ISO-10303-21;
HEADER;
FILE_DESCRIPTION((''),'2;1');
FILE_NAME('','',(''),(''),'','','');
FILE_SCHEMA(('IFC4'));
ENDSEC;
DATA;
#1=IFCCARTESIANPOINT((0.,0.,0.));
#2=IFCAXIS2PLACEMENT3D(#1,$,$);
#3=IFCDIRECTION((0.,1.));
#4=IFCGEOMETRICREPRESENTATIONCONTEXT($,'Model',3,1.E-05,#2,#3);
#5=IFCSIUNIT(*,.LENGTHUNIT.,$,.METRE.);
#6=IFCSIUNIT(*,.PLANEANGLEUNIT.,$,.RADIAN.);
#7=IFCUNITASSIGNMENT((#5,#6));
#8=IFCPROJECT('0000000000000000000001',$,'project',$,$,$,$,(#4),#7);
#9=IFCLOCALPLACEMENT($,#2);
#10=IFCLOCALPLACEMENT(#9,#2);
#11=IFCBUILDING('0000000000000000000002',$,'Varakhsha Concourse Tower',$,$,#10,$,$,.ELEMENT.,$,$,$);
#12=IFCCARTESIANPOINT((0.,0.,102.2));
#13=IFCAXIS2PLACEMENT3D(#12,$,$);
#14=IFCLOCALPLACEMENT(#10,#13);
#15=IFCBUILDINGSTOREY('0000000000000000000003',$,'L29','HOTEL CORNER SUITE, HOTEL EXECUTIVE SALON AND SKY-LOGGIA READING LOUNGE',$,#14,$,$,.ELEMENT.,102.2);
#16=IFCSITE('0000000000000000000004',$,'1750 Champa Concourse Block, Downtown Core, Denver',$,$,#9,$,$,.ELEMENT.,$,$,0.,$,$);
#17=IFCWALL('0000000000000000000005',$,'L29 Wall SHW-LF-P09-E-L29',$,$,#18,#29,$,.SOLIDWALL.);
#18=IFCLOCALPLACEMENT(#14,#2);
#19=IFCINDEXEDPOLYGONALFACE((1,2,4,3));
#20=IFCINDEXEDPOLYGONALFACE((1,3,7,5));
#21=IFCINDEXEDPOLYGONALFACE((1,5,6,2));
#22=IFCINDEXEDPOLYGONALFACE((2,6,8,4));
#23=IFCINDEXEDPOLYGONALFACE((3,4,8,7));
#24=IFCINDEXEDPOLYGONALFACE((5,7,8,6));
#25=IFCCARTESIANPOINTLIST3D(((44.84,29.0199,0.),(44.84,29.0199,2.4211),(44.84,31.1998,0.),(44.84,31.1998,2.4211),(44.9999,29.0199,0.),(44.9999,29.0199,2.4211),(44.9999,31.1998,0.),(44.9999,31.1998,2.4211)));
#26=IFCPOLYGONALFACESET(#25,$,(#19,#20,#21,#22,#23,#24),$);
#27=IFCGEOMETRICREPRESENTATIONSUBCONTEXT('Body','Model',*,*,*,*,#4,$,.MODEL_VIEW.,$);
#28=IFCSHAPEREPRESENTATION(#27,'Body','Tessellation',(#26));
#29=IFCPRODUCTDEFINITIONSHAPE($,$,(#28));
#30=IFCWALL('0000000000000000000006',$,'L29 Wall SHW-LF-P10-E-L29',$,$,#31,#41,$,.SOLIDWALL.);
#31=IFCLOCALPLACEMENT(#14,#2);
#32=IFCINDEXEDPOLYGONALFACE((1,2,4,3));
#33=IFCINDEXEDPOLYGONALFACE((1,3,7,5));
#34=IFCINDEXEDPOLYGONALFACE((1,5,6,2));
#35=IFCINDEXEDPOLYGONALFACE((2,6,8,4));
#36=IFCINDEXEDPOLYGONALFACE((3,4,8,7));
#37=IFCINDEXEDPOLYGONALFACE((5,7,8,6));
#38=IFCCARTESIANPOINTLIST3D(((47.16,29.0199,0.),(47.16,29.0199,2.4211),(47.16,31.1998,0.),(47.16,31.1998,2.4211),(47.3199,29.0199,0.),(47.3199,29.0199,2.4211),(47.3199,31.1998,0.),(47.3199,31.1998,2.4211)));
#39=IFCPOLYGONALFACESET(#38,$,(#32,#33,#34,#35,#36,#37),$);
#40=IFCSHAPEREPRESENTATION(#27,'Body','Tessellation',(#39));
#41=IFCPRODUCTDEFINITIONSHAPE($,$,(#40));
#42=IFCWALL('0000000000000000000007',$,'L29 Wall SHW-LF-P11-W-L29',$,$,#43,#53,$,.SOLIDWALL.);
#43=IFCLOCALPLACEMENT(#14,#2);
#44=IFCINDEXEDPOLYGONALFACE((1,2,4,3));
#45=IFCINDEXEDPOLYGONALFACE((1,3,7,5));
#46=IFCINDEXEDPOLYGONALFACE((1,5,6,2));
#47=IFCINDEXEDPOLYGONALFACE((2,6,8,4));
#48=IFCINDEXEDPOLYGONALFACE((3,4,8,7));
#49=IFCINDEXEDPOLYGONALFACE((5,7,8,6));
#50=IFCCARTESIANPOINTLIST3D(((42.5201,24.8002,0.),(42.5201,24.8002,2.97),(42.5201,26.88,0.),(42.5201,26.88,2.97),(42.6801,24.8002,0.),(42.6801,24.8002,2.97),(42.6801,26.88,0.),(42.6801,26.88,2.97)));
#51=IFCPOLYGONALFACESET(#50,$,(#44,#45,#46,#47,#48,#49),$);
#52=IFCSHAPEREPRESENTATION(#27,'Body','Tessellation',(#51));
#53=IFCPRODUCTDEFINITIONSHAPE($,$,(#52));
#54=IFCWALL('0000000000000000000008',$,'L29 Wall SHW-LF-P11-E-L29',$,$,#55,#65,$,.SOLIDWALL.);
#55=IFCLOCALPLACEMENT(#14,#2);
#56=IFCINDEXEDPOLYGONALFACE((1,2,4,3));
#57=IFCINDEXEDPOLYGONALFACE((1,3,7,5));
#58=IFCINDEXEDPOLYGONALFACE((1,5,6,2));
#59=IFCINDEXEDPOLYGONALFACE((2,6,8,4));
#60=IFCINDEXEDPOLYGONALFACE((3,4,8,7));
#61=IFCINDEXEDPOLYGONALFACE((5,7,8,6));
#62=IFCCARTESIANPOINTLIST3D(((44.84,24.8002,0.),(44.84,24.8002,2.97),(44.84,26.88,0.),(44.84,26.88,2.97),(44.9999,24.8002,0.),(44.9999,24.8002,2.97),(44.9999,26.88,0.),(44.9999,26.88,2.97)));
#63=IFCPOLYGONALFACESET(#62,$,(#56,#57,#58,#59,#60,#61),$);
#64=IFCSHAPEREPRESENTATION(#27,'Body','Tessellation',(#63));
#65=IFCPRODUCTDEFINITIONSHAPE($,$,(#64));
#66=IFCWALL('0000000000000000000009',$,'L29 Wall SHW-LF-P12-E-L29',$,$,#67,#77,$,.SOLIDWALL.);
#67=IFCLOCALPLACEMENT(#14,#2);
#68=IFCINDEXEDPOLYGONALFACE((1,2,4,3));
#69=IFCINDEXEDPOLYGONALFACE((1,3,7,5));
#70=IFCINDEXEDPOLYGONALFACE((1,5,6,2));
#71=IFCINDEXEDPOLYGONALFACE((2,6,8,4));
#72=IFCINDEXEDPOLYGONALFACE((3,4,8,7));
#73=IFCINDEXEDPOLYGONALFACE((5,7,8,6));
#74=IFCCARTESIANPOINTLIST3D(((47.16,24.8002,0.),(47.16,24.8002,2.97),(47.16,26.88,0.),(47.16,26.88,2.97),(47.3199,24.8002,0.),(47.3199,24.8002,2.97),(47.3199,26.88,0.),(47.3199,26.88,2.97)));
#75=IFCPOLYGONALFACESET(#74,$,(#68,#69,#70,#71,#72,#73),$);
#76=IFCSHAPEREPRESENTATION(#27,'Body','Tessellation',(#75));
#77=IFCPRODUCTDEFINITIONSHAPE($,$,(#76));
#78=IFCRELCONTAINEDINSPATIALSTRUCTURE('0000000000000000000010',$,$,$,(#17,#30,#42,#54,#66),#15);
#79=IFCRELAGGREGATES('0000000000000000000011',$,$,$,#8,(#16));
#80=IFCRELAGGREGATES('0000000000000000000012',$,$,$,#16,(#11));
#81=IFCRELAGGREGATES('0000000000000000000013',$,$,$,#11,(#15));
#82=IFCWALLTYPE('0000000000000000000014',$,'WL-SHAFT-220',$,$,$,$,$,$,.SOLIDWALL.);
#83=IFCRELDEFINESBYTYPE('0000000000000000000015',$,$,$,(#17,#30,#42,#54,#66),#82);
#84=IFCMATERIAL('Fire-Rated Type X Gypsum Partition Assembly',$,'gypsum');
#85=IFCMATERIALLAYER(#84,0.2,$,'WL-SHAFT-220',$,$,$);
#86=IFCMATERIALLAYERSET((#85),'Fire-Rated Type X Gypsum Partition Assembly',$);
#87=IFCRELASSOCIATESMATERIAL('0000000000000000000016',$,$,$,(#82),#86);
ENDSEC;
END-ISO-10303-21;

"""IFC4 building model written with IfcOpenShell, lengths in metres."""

from ifc_helpers import new_model, si_unit, direction, frame, frame_2d, origin, place, context, subcontext, project, spatial, rectangle, extrude, material, layer, layer_set, type_object, element, save


model = new_model("IFC4")

# Units and contexts
model_context = context("Model", 3, precision=1e-05, world=origin(), true_north=direction((0.0, 1.0)))
body_context = subcontext(model_context, "Body", "Model", "MODEL_VIEW")
ifc_project = project(units=[si_unit("LENGTHUNIT", "METRE"), si_unit("PLANEANGLEUNIT", "RADIAN")], contexts=[model_context])

# Site, building, storey
site_placement = place(None, origin())
site = spatial("IfcSite", under=ifc_project, at=site_placement, Name="1750 Champa Concourse Block, Downtown Core, Denver", CompositionType="ELEMENT", RefElevation=0.0)
building_placement = place(site_placement, origin())
building = spatial("IfcBuilding", under=site, at=building_placement, Name="Varakhsha Concourse Tower", CompositionType="ELEMENT")
storey_placement = place(building_placement, frame((0.0, 0.0, 102.2)))
storey = spatial("IfcBuildingStorey", under=building, at=storey_placement, Name="L29", Description="HOTEL CORNER SUITE, HOTEL EXECUTIVE SALON AND SKY-LOGGIA READING LOUNGE", CompositionType="ELEMENT", Elevation=102.2)

# Shared definitions
ifc_material_1 = material(Name="Fire-Rated Type X Gypsum Partition Assembly", Category="gypsum")

# Walls
ifc_layer_1 = layer(ifc_material_1, 0.2, Name="WL-SHAFT-220")
ifc_layer_set_1 = layer_set([ifc_layer_1], Name="Fire-Rated Type X Gypsum Partition Assembly")
wall_type_1 = type_object("IfcWallType", Name="WL-SHAFT-220", PredefinedType="SOLIDWALL", material=ifc_layer_set_1)
for number, where, z_axis, x_axis, name in (
    (1, (44.9199, 29.02, 0.0), (0.0, 0.0, 1.0), (0.0, 1.0, 0.0), "L29 Wall SHW-LF-P09-E-L29"),
    (2, (47.24, 29.02, 0.0), (0.0, 0.0, 1.0), (0.0, 1.0, 0.0), "L29 Wall SHW-LF-P10-E-L29"),
):
    element("IfcWall", number, at=place(storey_placement, frame(where, z_axis=z_axis, x_axis=x_axis)), inside=storey, type_object=wall_type_1, Name=name, PredefinedType="SOLIDWALL", context=body_context, shape_type="SweptSolid", body=[
        extrude(rectangle(XDim=2.1799, YDim=0.1599, at=frame_2d((1.0898, 0.0))), origin(), (0.0, 0.0, 1.0), 2.4211),
    ])
for number, where, z_axis, x_axis, name in (
    (3, (42.6001, 24.8, 0.0), (0.0, 0.0, 1.0), (0.0, 1.0, 0.0), "L29 Wall SHW-LF-P11-W-L29"),
    (4, (44.9199, 24.8, 0.0), (0.0, 0.0, 1.0), (0.0, 1.0, 0.0), "L29 Wall SHW-LF-P11-E-L29"),
    (5, (47.24, 24.8, 0.0), (0.0, 0.0, 1.0), (0.0, 1.0, 0.0), "L29 Wall SHW-LF-P12-E-L29"),
):
    element("IfcWall", number, at=place(storey_placement, frame(where, z_axis=z_axis, x_axis=x_axis)), inside=storey, type_object=wall_type_1, Name=name, PredefinedType="SOLIDWALL", context=body_context, shape_type="SweptSolid", body=[
        extrude(rectangle(XDim=2.0798, YDim=0.1599, at=frame_2d((1.04, 0.0))), origin(), (0.0, 0.0, 1.0), 2.97),
    ])

save(model, "model.ifc")
